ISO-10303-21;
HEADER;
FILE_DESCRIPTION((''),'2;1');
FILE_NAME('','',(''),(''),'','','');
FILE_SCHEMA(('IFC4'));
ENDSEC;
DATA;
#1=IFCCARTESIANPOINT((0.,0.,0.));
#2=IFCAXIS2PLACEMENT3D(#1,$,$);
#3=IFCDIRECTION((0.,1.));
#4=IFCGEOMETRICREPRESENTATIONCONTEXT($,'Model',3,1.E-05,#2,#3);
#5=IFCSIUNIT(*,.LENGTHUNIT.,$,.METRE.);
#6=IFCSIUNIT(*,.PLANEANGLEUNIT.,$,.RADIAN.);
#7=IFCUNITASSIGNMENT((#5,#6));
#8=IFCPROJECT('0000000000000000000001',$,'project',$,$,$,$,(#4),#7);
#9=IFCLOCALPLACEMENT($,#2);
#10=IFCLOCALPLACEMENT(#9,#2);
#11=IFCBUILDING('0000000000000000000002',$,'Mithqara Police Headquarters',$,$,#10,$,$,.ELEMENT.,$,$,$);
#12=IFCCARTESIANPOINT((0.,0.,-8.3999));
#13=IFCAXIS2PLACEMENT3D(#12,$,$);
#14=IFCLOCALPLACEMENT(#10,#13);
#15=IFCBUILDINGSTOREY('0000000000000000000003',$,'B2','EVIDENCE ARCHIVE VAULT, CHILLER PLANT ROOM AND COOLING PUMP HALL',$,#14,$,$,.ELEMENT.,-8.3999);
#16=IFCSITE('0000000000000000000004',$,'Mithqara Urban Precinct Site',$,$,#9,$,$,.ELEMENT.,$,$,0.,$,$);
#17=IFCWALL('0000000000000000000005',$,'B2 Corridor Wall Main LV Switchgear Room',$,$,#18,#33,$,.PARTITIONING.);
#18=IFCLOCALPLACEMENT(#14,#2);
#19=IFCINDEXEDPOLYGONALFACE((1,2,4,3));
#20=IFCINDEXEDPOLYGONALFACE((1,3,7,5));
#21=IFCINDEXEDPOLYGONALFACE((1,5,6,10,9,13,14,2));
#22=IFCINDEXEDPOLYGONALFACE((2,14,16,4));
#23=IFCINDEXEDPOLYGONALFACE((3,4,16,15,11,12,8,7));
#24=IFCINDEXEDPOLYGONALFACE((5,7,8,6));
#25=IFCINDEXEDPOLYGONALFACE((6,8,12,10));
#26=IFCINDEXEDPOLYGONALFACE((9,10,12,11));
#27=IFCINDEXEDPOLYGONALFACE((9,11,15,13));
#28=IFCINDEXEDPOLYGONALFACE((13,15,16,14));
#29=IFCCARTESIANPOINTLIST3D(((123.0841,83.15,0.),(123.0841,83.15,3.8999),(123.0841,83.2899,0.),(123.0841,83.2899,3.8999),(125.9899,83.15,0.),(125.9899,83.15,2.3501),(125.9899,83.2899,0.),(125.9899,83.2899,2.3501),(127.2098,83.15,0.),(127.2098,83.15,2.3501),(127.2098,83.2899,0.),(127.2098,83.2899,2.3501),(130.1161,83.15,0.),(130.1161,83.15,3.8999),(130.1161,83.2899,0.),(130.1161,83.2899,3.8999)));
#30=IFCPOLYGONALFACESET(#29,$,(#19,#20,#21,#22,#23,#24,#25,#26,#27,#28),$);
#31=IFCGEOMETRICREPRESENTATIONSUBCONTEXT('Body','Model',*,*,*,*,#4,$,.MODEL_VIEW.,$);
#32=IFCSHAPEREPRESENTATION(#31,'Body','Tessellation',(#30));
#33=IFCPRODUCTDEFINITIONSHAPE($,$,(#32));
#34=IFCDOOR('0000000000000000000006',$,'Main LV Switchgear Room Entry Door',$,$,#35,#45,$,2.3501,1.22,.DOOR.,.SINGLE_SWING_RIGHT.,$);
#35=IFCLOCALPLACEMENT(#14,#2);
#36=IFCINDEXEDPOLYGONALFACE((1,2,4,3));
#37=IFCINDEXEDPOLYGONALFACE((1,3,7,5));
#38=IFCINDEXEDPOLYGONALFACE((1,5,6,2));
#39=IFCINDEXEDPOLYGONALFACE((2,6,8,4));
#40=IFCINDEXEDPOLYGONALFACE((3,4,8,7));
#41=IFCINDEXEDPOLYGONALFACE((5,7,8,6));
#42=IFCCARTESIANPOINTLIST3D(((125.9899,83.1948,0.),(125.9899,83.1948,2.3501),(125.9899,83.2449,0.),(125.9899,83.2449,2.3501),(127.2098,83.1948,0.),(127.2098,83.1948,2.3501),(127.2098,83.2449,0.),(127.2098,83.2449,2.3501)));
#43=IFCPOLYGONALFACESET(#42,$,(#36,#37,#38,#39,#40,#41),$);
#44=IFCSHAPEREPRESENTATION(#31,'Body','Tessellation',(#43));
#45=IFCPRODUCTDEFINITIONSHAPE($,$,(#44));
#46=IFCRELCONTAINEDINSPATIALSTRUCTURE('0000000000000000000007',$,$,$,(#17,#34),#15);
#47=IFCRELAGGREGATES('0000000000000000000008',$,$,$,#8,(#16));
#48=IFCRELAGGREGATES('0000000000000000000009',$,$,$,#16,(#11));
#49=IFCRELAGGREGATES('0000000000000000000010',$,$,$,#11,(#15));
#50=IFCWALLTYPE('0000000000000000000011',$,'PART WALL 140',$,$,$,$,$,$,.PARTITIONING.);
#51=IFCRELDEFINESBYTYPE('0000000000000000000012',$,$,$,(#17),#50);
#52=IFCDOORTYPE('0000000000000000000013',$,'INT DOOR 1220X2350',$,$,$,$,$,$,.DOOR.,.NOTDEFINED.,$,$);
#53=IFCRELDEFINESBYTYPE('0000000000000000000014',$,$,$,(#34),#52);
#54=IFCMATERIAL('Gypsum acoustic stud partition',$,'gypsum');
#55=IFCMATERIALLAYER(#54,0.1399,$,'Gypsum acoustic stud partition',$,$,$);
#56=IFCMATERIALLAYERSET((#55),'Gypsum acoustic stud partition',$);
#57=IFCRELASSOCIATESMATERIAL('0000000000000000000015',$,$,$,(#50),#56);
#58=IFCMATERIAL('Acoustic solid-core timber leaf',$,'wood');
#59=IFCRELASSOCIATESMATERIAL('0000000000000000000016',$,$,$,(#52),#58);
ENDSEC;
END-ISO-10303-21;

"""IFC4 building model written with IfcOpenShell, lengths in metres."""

from ifc_helpers import new_model, si_unit, direction, frame, frame_2d, origin, place, context, subcontext, project, spatial, rectangle, extrude, material, layer, layer_set, type_object, element, fill, save


model = new_model("IFC4")

# Units and contexts
model_context = context("Model", 3, precision=1e-05, world=origin(), true_north=direction((0.0, 1.0)))
body_context = subcontext(model_context, "Body", "Model", "MODEL_VIEW")
ifc_project = project(units=[si_unit("LENGTHUNIT", "METRE"), si_unit("PLANEANGLEUNIT", "RADIAN")], contexts=[model_context])

# Site, building, storey
site_placement = place(None, origin())
site = spatial("IfcSite", under=ifc_project, at=site_placement, Name="Mithqara Urban Precinct Site", CompositionType="ELEMENT", RefElevation=0.0)
building_placement = place(site_placement, origin())
building = spatial("IfcBuilding", under=site, at=building_placement, Name="Mithqara Police Headquarters", CompositionType="ELEMENT")
storey_placement = place(building_placement, frame((0.0, 0.0, -8.3999)))
storey = spatial("IfcBuildingStorey", under=building, at=storey_placement, Name="B2", Description="EVIDENCE ARCHIVE VAULT, CHILLER PLANT ROOM AND COOLING PUMP HALL", CompositionType="ELEMENT", Elevation=-8.3999)

# Shared definitions
ifc_material_1 = material(Name="Gypsum acoustic stud partition", Category="gypsum")
ifc_layer = layer(ifc_material_1, 0.1399, Name="Gypsum acoustic stud partition")
ifc_layer_set = layer_set([ifc_layer], Name="Gypsum acoustic stud partition")
wall_type = type_object("IfcWallType", Name="PART WALL 140", PredefinedType="PARTITIONING", material=ifc_layer_set)

# Shared definitions
ifc_material_2 = material(Name="Acoustic solid-core timber leaf", Category="wood")

# Wall, opening, door
wall_1_placement = place(storey_placement, frame((123.084, 83.22, 0.0), z_axis=(0.0, 0.0, 1.0), x_axis=(1.0, 0.0, 0.0)))
wall_1 = element("IfcWall", 1, at=wall_1_placement, inside=storey, type_object=wall_type, Name="B2 Corridor Wall Main LV Switchgear Room", PredefinedType="PARTITIONING", context=body_context, shape_type="SweptSolid", body=[
    extrude(rectangle(XDim=7.032, YDim=0.1399, at=frame_2d((3.5161, 0.0))), origin(), (0.0, 0.0, 1.0), 3.8999),
])
opening_1_placement = place(wall_1_placement, frame((2.906, 0.0, 0.0)))
opening_1 = element("IfcOpeningElement", 2, at=opening_1_placement, cuts=wall_1, PredefinedType="OPENING", context=body_context, shape_type="SweptSolid", body=[
    extrude(rectangle(XDim=1.22, YDim=2.3501, at=frame_2d((0.6099, 1.175))), frame((0.0, 0.0801, 0.0), z_axis=(0.0, -1.0, 0.0), x_axis=(1.0, 0.0, 0.0)), (0.0, 0.0, 1.0), 0.1599),
])
door_type_1 = type_object("IfcDoorType", Name="INT DOOR 1220X2350", OperationType="NOTDEFINED", PredefinedType="DOOR", material=ifc_material_2)
door_1_placement = place(opening_1_placement, origin())
door_1 = element("IfcDoor", 3, at=door_1_placement, inside=storey, type_object=door_type_1, Name="Main LV Switchgear Room Entry Door", OperationType="SINGLE_SWING_RIGHT", OverallHeight=2.3501, OverallWidth=1.22, PredefinedType="DOOR", context=body_context, shape_type="SweptSolid", body=[
    extrude(rectangle(XDim=1.22, YDim=2.3501, at=frame_2d((0.6099, 1.175))), frame((0.0, 0.0249, 0.0), z_axis=(0.0, -1.0, 0.0), x_axis=(1.0, 0.0, 0.0)), (0.0, 0.0, 1.0), 0.05),
])
fill(opening_1, door_1)

save(model, "model.ifc")
